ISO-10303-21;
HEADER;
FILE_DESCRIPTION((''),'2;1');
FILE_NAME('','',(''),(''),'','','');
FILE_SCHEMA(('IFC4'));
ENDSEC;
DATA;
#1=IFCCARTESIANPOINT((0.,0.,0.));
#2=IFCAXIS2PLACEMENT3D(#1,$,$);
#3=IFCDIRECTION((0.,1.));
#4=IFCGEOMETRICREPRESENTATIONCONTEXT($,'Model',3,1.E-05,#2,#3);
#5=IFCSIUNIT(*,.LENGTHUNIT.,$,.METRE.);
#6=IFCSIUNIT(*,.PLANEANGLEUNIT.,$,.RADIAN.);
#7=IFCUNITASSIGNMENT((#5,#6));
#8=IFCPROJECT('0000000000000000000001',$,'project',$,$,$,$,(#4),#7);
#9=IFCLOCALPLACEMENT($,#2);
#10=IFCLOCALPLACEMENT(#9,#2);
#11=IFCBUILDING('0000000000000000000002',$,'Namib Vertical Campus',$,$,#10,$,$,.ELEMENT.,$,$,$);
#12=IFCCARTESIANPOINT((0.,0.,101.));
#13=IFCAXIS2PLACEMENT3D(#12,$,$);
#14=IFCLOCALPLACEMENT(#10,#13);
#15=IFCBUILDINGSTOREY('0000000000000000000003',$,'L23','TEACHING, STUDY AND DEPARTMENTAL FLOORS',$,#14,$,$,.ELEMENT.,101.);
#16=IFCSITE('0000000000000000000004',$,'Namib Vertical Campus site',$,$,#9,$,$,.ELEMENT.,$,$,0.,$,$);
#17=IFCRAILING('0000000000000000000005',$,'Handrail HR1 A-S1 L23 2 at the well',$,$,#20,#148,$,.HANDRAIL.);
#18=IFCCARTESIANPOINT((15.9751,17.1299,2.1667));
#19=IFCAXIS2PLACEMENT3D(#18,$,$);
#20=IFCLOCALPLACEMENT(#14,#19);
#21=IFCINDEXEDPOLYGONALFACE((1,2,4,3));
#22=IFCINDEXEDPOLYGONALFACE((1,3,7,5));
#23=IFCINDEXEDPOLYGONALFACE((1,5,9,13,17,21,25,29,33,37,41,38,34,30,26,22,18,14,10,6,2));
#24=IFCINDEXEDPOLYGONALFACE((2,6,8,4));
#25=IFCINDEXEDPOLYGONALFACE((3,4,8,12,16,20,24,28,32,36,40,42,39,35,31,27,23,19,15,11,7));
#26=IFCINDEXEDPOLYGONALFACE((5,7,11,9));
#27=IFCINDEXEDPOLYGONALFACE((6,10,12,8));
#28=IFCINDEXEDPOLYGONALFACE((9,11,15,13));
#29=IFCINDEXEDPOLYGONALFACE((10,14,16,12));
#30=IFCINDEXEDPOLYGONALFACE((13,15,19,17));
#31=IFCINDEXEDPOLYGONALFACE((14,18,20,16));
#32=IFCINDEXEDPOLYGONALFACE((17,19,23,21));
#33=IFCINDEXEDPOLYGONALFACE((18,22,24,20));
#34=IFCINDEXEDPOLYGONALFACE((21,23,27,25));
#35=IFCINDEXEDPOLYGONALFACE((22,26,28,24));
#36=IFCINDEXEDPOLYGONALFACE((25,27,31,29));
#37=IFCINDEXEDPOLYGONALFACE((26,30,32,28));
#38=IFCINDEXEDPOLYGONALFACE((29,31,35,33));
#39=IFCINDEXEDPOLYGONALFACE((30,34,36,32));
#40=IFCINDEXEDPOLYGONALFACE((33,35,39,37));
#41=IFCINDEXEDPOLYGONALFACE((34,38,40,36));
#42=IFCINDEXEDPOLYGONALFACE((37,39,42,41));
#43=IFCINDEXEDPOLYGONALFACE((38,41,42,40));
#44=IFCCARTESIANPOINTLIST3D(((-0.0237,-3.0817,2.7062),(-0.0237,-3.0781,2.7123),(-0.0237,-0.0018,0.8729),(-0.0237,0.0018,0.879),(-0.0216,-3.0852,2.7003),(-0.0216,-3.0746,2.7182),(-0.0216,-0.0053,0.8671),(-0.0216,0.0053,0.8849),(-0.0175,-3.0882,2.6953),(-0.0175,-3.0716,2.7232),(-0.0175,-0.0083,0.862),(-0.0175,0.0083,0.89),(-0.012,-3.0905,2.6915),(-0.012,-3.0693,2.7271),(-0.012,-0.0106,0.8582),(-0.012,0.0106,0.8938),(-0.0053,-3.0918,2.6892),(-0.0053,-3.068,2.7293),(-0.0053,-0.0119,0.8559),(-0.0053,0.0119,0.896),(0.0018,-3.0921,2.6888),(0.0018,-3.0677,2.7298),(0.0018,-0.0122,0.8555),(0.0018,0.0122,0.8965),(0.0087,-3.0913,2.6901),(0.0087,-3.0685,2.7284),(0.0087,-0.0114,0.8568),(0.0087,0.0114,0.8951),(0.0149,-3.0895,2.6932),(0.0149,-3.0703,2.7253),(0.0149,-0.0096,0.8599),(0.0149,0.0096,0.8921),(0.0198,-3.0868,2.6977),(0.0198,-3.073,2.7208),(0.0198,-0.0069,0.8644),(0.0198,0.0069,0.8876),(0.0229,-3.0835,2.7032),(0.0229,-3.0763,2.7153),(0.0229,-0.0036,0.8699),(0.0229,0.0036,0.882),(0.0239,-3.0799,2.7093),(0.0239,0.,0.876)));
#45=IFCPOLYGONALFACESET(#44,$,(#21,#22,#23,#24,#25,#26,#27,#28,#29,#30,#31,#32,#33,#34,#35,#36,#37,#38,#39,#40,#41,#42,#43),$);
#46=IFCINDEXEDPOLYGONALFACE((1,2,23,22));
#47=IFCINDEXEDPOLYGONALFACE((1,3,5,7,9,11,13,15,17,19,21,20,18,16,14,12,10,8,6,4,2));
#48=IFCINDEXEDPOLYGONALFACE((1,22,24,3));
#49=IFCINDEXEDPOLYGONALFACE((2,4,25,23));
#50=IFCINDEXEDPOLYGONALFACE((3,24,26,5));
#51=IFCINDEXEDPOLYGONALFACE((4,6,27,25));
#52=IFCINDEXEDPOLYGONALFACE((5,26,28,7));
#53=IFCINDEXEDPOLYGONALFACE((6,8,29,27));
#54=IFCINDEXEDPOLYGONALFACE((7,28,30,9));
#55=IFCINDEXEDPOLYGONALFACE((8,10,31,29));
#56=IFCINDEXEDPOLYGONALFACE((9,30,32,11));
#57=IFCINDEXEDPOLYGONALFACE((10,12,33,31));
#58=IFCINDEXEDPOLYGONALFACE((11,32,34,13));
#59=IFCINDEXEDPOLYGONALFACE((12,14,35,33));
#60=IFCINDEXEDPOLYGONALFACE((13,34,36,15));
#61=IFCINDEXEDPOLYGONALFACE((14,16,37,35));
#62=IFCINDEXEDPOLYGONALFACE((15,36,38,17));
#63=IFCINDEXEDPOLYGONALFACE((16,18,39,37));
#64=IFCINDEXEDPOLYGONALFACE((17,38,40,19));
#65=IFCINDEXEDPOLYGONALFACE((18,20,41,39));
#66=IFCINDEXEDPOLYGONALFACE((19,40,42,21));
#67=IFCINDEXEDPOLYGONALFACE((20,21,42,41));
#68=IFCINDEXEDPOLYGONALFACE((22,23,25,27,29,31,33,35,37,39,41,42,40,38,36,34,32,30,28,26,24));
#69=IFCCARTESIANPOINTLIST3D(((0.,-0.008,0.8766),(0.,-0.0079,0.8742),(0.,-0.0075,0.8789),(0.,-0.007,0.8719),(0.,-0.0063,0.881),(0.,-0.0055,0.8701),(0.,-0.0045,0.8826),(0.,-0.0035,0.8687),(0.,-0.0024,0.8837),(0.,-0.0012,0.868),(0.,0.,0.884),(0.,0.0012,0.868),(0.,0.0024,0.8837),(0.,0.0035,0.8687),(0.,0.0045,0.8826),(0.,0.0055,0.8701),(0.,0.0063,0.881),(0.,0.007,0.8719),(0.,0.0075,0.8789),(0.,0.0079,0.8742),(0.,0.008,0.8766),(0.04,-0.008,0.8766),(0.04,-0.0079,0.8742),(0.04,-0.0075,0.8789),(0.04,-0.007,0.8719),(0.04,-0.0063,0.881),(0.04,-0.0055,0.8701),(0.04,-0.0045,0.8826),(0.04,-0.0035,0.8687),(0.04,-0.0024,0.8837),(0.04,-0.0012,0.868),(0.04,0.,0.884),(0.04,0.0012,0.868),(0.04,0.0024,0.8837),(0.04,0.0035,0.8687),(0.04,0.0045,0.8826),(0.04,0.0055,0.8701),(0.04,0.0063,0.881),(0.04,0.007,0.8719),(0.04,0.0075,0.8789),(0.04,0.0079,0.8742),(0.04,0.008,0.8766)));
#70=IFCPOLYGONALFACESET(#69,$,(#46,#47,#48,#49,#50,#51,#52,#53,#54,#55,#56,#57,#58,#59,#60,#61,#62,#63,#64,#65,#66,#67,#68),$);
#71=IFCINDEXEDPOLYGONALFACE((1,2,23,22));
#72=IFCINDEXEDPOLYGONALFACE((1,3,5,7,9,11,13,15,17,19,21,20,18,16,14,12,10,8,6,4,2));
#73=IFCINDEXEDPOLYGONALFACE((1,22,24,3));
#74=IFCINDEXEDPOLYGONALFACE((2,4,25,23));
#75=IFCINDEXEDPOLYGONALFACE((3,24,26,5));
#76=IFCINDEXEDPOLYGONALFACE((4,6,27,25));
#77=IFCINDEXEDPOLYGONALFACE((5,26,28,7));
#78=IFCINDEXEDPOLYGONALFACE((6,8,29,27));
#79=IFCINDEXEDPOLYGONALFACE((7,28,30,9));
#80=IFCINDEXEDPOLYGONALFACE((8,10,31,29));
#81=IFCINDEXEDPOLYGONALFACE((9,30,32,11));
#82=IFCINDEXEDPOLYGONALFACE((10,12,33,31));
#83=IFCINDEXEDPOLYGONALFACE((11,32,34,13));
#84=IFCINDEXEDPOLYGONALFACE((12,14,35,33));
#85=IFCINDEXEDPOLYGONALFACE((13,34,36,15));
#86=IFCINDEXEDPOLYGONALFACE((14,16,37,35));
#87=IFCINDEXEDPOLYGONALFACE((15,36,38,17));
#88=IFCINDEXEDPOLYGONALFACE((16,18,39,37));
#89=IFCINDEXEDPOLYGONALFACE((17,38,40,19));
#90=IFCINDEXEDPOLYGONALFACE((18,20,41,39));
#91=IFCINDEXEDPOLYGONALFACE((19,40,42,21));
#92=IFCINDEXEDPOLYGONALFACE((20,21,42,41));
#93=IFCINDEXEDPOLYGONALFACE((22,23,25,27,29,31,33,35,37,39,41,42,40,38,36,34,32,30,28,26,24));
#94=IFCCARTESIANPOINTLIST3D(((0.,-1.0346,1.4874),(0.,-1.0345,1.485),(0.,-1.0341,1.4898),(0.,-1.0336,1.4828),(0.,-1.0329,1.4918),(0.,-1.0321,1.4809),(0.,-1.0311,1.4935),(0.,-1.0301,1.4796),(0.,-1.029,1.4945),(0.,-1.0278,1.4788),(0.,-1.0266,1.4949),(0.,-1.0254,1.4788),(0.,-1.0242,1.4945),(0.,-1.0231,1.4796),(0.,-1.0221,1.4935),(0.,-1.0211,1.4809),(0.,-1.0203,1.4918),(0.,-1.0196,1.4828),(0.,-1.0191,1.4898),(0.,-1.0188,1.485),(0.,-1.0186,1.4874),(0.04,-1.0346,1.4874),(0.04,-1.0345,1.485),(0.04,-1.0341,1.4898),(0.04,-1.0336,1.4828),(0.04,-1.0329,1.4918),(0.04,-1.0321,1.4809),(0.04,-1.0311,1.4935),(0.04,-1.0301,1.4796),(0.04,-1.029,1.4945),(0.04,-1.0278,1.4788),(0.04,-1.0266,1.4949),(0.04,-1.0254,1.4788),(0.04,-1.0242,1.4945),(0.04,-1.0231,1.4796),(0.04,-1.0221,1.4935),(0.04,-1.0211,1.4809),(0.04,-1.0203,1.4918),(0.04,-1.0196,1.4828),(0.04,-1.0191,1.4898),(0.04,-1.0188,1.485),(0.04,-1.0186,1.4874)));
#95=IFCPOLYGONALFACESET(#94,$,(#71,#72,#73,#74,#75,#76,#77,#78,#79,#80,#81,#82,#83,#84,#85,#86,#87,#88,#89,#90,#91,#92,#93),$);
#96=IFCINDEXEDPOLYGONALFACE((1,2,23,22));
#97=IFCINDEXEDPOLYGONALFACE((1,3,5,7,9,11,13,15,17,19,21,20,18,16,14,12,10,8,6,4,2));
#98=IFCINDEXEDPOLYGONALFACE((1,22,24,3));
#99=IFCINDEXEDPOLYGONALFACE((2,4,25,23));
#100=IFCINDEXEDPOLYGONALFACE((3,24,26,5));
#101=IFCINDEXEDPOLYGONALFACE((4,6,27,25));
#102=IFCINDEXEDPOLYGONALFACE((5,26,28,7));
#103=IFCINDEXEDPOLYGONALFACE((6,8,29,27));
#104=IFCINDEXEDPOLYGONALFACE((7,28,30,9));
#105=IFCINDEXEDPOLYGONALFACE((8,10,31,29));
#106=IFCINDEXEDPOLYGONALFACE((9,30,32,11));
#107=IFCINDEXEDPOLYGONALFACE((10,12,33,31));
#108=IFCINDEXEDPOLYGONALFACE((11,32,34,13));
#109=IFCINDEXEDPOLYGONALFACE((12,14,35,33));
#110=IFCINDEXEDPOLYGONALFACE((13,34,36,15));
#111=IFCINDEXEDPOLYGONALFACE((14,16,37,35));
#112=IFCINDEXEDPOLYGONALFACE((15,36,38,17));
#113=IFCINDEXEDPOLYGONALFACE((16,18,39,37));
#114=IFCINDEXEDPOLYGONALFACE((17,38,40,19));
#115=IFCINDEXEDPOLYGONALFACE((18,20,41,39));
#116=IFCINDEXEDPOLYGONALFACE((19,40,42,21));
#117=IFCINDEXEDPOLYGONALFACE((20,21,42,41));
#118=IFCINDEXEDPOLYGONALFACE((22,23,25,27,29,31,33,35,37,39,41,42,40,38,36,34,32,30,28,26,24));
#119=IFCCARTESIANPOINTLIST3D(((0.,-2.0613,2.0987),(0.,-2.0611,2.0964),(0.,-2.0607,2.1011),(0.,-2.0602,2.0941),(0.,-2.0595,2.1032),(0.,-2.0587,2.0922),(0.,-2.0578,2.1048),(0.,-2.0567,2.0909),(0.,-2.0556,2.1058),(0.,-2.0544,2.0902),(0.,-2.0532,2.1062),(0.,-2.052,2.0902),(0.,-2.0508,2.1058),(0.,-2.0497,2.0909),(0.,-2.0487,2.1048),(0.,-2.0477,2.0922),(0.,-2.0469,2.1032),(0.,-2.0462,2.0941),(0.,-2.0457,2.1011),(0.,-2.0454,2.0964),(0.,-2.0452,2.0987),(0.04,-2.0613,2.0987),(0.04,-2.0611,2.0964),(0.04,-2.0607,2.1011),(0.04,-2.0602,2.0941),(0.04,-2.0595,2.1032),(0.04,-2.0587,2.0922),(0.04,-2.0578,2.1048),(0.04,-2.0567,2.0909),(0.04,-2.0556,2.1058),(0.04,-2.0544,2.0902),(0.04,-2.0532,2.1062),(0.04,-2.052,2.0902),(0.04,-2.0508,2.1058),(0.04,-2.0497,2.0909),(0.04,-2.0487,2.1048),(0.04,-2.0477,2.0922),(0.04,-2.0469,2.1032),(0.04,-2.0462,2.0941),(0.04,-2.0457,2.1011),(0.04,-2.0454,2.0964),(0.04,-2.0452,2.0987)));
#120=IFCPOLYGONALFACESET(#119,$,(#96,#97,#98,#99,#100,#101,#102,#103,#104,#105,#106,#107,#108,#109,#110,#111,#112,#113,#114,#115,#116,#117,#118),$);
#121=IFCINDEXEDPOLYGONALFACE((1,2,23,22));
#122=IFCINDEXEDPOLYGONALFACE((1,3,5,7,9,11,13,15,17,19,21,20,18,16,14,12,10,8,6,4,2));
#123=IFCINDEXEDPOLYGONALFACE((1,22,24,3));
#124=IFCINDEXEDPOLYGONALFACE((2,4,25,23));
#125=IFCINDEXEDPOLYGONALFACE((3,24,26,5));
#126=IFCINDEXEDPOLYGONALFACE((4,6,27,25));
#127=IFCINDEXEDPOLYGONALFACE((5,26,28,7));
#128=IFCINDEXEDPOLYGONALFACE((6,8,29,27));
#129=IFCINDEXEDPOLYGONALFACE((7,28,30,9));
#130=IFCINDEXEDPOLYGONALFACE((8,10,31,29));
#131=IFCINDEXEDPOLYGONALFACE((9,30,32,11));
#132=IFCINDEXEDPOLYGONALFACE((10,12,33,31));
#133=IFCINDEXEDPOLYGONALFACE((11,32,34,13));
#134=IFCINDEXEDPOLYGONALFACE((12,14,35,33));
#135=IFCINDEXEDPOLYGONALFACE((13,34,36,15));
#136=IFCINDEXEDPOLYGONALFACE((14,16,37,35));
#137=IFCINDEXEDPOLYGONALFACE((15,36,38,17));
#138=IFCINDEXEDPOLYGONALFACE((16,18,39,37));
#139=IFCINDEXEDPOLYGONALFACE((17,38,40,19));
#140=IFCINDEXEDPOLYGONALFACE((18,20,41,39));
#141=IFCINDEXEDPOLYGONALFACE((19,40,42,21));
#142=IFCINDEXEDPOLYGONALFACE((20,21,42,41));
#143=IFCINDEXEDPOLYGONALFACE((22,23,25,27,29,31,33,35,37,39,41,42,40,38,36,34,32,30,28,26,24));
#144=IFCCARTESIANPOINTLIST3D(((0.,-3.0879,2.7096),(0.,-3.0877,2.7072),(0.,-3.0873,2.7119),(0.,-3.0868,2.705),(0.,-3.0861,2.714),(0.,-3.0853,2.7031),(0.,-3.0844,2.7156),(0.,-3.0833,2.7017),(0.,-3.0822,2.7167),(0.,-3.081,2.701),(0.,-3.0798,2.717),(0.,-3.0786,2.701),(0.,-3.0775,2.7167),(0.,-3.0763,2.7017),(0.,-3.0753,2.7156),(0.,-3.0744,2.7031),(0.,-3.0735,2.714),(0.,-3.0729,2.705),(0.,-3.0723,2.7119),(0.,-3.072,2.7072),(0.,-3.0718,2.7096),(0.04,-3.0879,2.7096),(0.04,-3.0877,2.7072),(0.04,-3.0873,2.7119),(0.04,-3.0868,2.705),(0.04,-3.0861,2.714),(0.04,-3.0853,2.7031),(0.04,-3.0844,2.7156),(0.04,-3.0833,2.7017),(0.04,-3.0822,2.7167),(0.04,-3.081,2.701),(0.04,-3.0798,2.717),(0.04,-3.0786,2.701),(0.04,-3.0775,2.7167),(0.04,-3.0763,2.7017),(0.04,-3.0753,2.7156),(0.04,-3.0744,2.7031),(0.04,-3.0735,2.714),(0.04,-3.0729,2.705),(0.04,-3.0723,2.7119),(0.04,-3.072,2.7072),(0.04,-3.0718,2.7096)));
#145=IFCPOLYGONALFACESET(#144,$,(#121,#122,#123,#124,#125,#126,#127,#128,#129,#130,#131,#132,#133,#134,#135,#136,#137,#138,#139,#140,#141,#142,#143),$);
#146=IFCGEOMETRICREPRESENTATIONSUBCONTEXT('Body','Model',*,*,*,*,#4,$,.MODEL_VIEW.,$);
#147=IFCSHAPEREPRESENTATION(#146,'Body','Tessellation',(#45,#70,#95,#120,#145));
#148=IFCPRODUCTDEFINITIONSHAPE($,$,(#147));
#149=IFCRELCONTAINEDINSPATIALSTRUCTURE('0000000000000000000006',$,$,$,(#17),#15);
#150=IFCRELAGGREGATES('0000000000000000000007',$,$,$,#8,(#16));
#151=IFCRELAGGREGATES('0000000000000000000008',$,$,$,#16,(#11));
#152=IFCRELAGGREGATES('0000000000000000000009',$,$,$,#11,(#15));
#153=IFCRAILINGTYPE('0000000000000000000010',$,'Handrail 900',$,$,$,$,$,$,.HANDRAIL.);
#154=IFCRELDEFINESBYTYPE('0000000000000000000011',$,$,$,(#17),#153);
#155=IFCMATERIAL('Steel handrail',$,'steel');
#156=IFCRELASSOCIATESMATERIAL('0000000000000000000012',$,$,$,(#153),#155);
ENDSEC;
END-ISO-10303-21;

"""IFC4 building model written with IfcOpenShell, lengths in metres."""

from ifc_helpers import new_model, si_unit, direction, frame, origin, origin_2d, place, context, subcontext, project, spatial, circle, extrude, material, type_object, element, save


model = new_model("IFC4")

# Units and contexts
model_context = context("Model", 3, precision=1e-05, world=origin(), true_north=direction((0.0, 1.0)))
body_context = subcontext(model_context, "Body", "Model", "MODEL_VIEW")
ifc_project = project(units=[si_unit("LENGTHUNIT", "METRE"), si_unit("PLANEANGLEUNIT", "RADIAN")], contexts=[model_context])

# Site, building, storey
site_placement = place(None, origin())
site = spatial("IfcSite", under=ifc_project, at=site_placement, Name="Namib Vertical Campus site", CompositionType="ELEMENT", RefElevation=0.0)
building_placement = place(site_placement, origin())
building = spatial("IfcBuilding", under=site, at=building_placement, Name="Namib Vertical Campus", CompositionType="ELEMENT")
storey_placement = place(building_placement, frame((0.0, 0.0, 101.0)))
storey = spatial("IfcBuildingStorey", under=building, at=storey_placement, Name="L23", Description="TEACHING, STUDY AND DEPARTMENTAL FLOORS", CompositionType="ELEMENT", Elevation=101.0)

# Railing
ifc_material_1 = material(Name="Steel handrail", Category="steel")
railing_type_1 = type_object("IfcRailingType", Name="Handrail 900", PredefinedType="HANDRAIL", material=ifc_material_1)
railing_1_placement = place(storey_placement, frame((15.9751, 17.1299, 2.1667)))
element("IfcRailing", 1, at=railing_1_placement, inside=storey, type_object=railing_type_1, Name="Handrail HR1 A-S1 L23 2 at the well", PredefinedType="HANDRAIL", context=body_context, shape_type="SweptSolid", body=[
    extrude(circle(Radius=0.0239, at=origin_2d()), frame((0.0, 0.0, 0.876), z_axis=(0.0, -0.859291, 0.511487), x_axis=(1.0, 0.0, 0.0)), (0.0, 0.0, 1.0), 3.5842),
    extrude(circle(Radius=0.0081, at=origin_2d()), frame((0.0, 0.0, 0.876), z_axis=(1.0, 0.0, 0.0), x_axis=(0.0, 0.0, 1.0)), (0.0, 0.0, 1.0), 0.04),
    extrude(circle(Radius=0.0081, at=origin_2d()), frame((0.0, -1.0266, 1.4868), z_axis=(1.0, 0.0, 0.0), x_axis=(0.0, 0.0, 1.0)), (0.0, 0.0, 1.0), 0.04),
    extrude(circle(Radius=0.0081, at=origin_2d()), frame((0.0, -2.0532, 2.0981), z_axis=(1.0, 0.0, 0.0), x_axis=(0.0, 0.0, 1.0)), (0.0, 0.0, 1.0), 0.04),
    extrude(circle(Radius=0.0081, at=origin_2d()), frame((0.0, -3.0798, 2.709), z_axis=(1.0, 0.0, 0.0), x_axis=(0.0, 0.0, 1.0)), (0.0, 0.0, 1.0), 0.04),
])

save(model, "model.ifc")
